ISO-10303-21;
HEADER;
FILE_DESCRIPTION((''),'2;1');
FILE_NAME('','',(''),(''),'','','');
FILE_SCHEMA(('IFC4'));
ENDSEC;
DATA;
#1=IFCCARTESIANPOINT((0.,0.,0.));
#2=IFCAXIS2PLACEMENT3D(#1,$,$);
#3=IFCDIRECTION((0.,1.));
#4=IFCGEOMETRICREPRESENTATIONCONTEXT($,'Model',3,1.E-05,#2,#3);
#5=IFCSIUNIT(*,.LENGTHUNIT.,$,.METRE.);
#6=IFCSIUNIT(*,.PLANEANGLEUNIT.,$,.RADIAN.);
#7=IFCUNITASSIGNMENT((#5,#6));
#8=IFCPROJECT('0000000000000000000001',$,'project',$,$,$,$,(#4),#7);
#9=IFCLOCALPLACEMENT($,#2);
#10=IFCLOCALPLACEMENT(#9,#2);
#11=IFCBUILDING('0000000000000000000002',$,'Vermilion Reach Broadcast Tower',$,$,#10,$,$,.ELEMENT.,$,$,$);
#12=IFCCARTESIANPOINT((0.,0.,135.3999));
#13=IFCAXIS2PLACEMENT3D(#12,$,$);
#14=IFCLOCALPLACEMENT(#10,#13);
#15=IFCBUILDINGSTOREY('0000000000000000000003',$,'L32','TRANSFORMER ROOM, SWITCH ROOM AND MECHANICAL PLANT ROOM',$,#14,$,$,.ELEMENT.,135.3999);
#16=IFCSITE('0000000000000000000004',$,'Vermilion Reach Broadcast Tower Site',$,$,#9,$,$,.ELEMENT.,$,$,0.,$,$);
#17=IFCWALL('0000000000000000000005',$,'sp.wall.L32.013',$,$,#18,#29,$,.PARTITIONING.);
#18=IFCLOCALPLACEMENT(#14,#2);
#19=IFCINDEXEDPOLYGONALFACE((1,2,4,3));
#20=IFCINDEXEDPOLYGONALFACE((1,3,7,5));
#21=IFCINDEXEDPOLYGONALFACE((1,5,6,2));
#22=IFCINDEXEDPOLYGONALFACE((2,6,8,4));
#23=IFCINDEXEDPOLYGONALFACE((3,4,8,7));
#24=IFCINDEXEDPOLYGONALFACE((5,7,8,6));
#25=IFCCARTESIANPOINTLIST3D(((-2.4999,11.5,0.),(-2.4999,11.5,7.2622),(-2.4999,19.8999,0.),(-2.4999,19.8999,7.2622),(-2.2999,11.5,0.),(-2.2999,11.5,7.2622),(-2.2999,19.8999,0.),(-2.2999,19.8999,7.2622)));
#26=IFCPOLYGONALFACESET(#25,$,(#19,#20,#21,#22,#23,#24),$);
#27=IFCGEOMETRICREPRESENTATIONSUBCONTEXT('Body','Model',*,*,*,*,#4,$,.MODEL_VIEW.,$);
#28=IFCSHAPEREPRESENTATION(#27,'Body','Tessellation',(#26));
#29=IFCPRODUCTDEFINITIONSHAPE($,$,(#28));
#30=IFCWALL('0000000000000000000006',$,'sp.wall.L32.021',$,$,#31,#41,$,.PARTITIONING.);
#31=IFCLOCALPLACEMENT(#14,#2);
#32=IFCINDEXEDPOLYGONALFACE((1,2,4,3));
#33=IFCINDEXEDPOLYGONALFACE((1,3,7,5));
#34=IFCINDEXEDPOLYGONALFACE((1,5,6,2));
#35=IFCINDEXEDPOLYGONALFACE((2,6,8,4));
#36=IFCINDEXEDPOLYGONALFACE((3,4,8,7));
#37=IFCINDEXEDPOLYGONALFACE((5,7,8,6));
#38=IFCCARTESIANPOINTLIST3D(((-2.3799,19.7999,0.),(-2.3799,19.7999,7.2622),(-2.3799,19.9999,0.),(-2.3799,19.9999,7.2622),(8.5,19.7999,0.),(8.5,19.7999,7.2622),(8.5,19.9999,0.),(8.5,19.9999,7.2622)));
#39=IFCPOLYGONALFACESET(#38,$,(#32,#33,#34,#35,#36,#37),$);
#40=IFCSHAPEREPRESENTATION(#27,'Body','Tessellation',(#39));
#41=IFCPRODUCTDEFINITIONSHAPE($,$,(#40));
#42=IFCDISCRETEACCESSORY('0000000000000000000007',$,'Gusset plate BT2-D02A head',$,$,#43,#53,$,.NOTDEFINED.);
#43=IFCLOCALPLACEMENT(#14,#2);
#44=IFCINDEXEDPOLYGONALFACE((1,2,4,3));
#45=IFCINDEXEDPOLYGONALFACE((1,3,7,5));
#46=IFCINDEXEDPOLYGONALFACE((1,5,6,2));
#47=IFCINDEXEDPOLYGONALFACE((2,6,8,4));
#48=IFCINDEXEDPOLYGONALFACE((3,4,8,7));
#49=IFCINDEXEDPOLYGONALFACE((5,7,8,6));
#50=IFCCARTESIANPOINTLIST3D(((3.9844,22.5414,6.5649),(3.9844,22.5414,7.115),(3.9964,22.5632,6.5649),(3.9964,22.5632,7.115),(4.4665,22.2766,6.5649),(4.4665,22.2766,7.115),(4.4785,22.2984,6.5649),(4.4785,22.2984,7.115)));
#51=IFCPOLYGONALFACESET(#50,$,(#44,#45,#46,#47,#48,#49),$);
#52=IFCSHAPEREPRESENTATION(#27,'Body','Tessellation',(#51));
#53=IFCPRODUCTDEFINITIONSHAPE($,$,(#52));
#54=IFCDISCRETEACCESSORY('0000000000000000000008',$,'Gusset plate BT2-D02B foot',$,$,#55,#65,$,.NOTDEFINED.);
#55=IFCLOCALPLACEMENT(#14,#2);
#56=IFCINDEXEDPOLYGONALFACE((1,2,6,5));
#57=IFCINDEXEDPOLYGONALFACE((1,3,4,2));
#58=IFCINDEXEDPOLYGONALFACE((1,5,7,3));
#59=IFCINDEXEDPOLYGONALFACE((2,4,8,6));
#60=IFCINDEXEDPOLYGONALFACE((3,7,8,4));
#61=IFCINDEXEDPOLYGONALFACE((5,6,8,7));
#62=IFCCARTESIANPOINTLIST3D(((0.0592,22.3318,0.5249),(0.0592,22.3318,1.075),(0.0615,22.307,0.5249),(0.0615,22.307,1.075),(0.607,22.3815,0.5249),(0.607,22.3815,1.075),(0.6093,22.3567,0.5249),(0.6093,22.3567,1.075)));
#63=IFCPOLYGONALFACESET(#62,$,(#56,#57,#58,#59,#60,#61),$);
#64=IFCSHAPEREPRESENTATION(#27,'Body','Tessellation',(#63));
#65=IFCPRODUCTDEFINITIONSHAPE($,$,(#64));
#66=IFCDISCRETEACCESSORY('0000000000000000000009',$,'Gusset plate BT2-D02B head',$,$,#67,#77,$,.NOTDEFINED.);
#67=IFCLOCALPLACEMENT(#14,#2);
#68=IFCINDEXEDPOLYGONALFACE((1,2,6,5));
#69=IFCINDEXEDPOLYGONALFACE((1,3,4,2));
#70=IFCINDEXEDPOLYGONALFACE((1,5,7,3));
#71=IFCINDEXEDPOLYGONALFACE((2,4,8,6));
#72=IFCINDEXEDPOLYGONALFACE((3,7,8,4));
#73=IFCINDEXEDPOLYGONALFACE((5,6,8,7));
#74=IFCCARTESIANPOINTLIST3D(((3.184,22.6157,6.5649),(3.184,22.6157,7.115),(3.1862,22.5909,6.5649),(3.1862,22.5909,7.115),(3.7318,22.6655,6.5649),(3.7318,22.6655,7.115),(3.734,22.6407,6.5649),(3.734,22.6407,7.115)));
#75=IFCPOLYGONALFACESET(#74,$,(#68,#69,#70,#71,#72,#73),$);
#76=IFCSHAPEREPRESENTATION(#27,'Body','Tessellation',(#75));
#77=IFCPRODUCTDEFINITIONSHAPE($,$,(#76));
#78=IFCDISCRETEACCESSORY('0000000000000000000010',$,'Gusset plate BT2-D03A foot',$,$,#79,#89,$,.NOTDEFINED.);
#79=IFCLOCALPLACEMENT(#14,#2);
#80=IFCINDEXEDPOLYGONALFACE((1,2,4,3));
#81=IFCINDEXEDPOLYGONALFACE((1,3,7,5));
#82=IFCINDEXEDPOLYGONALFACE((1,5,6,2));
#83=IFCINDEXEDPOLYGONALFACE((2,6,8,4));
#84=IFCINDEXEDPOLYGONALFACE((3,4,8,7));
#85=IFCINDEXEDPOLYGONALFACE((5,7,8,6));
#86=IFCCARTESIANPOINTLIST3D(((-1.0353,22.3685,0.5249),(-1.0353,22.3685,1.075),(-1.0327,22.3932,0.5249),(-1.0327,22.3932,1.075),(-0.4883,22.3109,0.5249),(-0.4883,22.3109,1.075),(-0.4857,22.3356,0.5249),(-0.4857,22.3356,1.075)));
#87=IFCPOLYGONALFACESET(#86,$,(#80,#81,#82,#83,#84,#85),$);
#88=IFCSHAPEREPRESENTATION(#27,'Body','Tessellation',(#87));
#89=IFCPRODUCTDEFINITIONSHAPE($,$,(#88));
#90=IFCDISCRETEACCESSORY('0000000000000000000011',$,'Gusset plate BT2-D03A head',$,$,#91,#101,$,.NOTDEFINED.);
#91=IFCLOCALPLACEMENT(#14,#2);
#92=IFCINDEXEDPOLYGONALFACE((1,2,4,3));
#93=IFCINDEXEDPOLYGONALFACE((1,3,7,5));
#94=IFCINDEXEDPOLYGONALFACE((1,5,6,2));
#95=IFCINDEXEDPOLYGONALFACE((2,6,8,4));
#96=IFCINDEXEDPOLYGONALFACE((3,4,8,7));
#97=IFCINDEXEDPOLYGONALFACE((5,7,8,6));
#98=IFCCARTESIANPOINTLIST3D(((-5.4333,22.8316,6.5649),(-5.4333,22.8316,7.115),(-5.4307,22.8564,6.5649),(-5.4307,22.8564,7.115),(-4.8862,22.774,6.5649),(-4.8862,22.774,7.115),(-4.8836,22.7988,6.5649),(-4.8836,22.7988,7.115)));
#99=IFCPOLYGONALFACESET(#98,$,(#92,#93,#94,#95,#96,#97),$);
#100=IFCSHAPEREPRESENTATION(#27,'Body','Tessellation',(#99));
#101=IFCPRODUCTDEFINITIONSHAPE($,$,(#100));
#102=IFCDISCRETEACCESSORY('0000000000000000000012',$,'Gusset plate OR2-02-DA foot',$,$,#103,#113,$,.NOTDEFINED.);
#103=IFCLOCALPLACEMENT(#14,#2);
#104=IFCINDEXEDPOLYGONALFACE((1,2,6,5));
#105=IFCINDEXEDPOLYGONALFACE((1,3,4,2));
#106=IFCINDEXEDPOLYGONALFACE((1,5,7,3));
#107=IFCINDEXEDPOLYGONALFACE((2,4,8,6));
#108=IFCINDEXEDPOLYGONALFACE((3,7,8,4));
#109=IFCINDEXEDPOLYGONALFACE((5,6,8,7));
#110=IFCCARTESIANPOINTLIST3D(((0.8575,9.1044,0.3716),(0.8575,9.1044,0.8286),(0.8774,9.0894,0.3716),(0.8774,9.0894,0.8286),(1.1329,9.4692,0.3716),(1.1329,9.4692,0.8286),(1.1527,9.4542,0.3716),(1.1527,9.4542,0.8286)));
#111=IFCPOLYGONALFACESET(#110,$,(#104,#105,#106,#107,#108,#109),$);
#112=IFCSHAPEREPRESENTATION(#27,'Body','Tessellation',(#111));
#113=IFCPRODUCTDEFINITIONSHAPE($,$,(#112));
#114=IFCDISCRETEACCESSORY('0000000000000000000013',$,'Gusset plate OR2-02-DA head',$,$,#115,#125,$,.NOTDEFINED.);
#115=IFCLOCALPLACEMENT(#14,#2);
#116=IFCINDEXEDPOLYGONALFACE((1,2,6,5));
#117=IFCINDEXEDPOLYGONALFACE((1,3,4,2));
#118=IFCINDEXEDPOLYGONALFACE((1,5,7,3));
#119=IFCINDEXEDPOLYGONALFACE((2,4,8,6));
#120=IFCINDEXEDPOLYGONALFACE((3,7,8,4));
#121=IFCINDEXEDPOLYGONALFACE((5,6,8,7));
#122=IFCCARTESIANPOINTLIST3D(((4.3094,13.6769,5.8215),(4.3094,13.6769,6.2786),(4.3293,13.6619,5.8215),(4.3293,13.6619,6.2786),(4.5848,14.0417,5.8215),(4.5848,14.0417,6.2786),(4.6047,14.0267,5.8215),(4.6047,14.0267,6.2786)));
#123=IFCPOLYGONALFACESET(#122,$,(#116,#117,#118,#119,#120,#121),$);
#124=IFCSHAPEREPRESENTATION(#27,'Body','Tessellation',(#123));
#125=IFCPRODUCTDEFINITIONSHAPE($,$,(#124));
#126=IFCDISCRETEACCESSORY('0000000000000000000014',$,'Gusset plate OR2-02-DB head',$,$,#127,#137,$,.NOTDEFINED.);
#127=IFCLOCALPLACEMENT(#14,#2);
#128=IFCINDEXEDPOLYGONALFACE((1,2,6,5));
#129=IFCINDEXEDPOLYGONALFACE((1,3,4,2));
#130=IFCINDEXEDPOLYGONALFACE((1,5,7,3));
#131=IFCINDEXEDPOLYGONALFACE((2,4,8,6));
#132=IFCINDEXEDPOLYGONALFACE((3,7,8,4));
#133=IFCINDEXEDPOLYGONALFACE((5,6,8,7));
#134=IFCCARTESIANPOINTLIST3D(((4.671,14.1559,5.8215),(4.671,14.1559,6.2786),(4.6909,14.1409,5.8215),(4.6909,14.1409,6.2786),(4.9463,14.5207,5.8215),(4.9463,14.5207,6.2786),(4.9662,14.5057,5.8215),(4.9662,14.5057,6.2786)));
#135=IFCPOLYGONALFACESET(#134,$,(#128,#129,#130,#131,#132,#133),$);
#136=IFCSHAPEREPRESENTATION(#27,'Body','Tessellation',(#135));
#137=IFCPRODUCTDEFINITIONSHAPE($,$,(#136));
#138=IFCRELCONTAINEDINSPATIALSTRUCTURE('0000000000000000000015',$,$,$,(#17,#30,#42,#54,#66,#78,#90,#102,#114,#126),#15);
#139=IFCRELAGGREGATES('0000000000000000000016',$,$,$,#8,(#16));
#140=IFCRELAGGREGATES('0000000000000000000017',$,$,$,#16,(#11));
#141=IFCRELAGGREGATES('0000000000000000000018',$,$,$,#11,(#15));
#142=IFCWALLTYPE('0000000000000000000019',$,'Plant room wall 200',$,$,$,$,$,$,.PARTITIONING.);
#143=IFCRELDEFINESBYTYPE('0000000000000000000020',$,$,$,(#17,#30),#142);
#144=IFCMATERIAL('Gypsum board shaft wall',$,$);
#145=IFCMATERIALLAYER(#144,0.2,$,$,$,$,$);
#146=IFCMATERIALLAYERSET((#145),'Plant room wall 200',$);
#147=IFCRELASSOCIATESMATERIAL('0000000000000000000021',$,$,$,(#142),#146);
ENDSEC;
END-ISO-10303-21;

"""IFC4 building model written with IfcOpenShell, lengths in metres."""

from ifc_helpers import new_model, si_unit, direction, frame, frame_2d, origin, origin_2d, place, context, subcontext, project, spatial, rectangle, extrude, material, layer, layer_set, type_object, element, save


model = new_model("IFC4")

# Units and contexts
model_context = context("Model", 3, precision=1e-05, world=origin(), true_north=direction((0.0, 1.0)))
body_context = subcontext(model_context, "Body", "Model", "MODEL_VIEW")
ifc_project = project(units=[si_unit("LENGTHUNIT", "METRE"), si_unit("PLANEANGLEUNIT", "RADIAN")], contexts=[model_context])

# Site, building, storey
site_placement = place(None, origin())
site = spatial("IfcSite", under=ifc_project, at=site_placement, Name="Vermilion Reach Broadcast Tower Site", CompositionType="ELEMENT", RefElevation=0.0)
building_placement = place(site_placement, origin())
building = spatial("IfcBuilding", under=site, at=building_placement, Name="Vermilion Reach Broadcast Tower", CompositionType="ELEMENT")
storey_placement = place(building_placement, frame((0.0, 0.0, 135.3999)))
storey = spatial("IfcBuildingStorey", under=building, at=storey_placement, Name="L32", Description="TRANSFORMER ROOM, SWITCH ROOM AND MECHANICAL PLANT ROOM", CompositionType="ELEMENT", Elevation=135.3999)

# Walls
ifc_material_1 = material(Name="Gypsum board shaft wall")
ifc_layer = layer(ifc_material_1, 0.2)
ifc_layer_set = layer_set([ifc_layer], Name="Plant room wall 200")
wall_type = type_object("IfcWallType", Name="Plant room wall 200", PredefinedType="PARTITIONING", material=ifc_layer_set)
wall_1_placement = place(storey_placement, frame((-2.3999, 11.5, 0.0), z_axis=(0.0, 0.0, 1.0), x_axis=(0.0, 1.0, 0.0)))
element("IfcWall", 1, at=wall_1_placement, inside=storey, type_object=wall_type, Name="sp.wall.L32.013", PredefinedType="PARTITIONING", context=body_context, shape_type="SweptSolid", body=[
    extrude(rectangle(XDim=8.3999, YDim=0.2, at=frame_2d((4.2, 0.0))), origin(), (0.0, 0.0, 1.0), 7.2622),
])
wall_2_placement = place(storey_placement, frame((-2.3799, 19.8999, 0.0), z_axis=(0.0, 0.0, 1.0), x_axis=(1.0, 0.0, 0.0)))
element("IfcWall", 2, at=wall_2_placement, inside=storey, type_object=wall_type, Name="sp.wall.L32.021", PredefinedType="PARTITIONING", context=body_context, shape_type="SweptSolid", body=[
    extrude(rectangle(XDim=10.8799, YDim=0.2, at=frame_2d((5.4399, 0.0))), origin(), (0.0, 0.0, 1.0), 7.2622),
])

# Discrete accessories
for number, where, z_axis, x_axis, name in (
    (3, (4.2314, 22.4199, 6.5649), (0.0, 0.0, 1.0), (-0.481394, -0.876504, 0.0), "Gusset plate BT2-D02A head"),
    (4, (0.3342, 22.3442, 0.5249), (0.0, 0.0, 1.0), (-0.090486, 0.995898, 0.0), "Gusset plate BT2-D02B foot"),
    (5, (3.459, 22.6282, 6.5649), (0.0, 0.0, 1.0), (-0.090486, 0.995898, 0.0), "Gusset plate BT2-D02B head"),
    (6, (-0.7605, 22.3521, 0.5249), (0.0, 0.0, 1.0), (-0.104727, -0.994501, 0.0), "Gusset plate BT2-D03A foot"),
    (7, (-5.1584, 22.8152, 6.5649), (0.0, 0.0, 1.0), (-0.104727, -0.994501, 0.0), "Gusset plate BT2-D03A head"),
):
    element("IfcDiscreteAccessory", number, at=place(storey_placement, frame(where, z_axis=z_axis, x_axis=x_axis)), inside=storey, Name=name, PredefinedType="NOTDEFINED", context=body_context, shape_type="SweptSolid", body=[
        extrude(rectangle(XDim=0.0249, YDim=0.55, at=origin_2d()), origin(), (0.0, 0.0, 1.0), 0.55),
    ])
for number, where, z_axis, x_axis, name in (
    (8, (1.0051, 9.2793, 0.3716), (0.0, 0.0, 1.0), (-0.79811, 0.602512, 0.0), "Gusset plate OR2-02-DA foot"),
    (9, (4.457, 13.8518, 5.8215), (0.0, 0.0, 1.0), (-0.79811, 0.602512, 0.0), "Gusset plate OR2-02-DA head"),
    (10, (4.8186, 14.3308, 5.8215), (0.0, 0.0, 1.0), (-0.79811, 0.602512, 0.0), "Gusset plate OR2-02-DB head"),
):
    element("IfcDiscreteAccessory", number, at=place(storey_placement, frame(where, z_axis=z_axis, x_axis=x_axis)), inside=storey, Name=name, PredefinedType="NOTDEFINED", context=body_context, shape_type="SweptSolid", body=[
        extrude(rectangle(XDim=0.0249, YDim=0.457, at=origin_2d()), origin(), (0.0, 0.0, 1.0), 0.457),
    ])

save(model, "model.ifc")
